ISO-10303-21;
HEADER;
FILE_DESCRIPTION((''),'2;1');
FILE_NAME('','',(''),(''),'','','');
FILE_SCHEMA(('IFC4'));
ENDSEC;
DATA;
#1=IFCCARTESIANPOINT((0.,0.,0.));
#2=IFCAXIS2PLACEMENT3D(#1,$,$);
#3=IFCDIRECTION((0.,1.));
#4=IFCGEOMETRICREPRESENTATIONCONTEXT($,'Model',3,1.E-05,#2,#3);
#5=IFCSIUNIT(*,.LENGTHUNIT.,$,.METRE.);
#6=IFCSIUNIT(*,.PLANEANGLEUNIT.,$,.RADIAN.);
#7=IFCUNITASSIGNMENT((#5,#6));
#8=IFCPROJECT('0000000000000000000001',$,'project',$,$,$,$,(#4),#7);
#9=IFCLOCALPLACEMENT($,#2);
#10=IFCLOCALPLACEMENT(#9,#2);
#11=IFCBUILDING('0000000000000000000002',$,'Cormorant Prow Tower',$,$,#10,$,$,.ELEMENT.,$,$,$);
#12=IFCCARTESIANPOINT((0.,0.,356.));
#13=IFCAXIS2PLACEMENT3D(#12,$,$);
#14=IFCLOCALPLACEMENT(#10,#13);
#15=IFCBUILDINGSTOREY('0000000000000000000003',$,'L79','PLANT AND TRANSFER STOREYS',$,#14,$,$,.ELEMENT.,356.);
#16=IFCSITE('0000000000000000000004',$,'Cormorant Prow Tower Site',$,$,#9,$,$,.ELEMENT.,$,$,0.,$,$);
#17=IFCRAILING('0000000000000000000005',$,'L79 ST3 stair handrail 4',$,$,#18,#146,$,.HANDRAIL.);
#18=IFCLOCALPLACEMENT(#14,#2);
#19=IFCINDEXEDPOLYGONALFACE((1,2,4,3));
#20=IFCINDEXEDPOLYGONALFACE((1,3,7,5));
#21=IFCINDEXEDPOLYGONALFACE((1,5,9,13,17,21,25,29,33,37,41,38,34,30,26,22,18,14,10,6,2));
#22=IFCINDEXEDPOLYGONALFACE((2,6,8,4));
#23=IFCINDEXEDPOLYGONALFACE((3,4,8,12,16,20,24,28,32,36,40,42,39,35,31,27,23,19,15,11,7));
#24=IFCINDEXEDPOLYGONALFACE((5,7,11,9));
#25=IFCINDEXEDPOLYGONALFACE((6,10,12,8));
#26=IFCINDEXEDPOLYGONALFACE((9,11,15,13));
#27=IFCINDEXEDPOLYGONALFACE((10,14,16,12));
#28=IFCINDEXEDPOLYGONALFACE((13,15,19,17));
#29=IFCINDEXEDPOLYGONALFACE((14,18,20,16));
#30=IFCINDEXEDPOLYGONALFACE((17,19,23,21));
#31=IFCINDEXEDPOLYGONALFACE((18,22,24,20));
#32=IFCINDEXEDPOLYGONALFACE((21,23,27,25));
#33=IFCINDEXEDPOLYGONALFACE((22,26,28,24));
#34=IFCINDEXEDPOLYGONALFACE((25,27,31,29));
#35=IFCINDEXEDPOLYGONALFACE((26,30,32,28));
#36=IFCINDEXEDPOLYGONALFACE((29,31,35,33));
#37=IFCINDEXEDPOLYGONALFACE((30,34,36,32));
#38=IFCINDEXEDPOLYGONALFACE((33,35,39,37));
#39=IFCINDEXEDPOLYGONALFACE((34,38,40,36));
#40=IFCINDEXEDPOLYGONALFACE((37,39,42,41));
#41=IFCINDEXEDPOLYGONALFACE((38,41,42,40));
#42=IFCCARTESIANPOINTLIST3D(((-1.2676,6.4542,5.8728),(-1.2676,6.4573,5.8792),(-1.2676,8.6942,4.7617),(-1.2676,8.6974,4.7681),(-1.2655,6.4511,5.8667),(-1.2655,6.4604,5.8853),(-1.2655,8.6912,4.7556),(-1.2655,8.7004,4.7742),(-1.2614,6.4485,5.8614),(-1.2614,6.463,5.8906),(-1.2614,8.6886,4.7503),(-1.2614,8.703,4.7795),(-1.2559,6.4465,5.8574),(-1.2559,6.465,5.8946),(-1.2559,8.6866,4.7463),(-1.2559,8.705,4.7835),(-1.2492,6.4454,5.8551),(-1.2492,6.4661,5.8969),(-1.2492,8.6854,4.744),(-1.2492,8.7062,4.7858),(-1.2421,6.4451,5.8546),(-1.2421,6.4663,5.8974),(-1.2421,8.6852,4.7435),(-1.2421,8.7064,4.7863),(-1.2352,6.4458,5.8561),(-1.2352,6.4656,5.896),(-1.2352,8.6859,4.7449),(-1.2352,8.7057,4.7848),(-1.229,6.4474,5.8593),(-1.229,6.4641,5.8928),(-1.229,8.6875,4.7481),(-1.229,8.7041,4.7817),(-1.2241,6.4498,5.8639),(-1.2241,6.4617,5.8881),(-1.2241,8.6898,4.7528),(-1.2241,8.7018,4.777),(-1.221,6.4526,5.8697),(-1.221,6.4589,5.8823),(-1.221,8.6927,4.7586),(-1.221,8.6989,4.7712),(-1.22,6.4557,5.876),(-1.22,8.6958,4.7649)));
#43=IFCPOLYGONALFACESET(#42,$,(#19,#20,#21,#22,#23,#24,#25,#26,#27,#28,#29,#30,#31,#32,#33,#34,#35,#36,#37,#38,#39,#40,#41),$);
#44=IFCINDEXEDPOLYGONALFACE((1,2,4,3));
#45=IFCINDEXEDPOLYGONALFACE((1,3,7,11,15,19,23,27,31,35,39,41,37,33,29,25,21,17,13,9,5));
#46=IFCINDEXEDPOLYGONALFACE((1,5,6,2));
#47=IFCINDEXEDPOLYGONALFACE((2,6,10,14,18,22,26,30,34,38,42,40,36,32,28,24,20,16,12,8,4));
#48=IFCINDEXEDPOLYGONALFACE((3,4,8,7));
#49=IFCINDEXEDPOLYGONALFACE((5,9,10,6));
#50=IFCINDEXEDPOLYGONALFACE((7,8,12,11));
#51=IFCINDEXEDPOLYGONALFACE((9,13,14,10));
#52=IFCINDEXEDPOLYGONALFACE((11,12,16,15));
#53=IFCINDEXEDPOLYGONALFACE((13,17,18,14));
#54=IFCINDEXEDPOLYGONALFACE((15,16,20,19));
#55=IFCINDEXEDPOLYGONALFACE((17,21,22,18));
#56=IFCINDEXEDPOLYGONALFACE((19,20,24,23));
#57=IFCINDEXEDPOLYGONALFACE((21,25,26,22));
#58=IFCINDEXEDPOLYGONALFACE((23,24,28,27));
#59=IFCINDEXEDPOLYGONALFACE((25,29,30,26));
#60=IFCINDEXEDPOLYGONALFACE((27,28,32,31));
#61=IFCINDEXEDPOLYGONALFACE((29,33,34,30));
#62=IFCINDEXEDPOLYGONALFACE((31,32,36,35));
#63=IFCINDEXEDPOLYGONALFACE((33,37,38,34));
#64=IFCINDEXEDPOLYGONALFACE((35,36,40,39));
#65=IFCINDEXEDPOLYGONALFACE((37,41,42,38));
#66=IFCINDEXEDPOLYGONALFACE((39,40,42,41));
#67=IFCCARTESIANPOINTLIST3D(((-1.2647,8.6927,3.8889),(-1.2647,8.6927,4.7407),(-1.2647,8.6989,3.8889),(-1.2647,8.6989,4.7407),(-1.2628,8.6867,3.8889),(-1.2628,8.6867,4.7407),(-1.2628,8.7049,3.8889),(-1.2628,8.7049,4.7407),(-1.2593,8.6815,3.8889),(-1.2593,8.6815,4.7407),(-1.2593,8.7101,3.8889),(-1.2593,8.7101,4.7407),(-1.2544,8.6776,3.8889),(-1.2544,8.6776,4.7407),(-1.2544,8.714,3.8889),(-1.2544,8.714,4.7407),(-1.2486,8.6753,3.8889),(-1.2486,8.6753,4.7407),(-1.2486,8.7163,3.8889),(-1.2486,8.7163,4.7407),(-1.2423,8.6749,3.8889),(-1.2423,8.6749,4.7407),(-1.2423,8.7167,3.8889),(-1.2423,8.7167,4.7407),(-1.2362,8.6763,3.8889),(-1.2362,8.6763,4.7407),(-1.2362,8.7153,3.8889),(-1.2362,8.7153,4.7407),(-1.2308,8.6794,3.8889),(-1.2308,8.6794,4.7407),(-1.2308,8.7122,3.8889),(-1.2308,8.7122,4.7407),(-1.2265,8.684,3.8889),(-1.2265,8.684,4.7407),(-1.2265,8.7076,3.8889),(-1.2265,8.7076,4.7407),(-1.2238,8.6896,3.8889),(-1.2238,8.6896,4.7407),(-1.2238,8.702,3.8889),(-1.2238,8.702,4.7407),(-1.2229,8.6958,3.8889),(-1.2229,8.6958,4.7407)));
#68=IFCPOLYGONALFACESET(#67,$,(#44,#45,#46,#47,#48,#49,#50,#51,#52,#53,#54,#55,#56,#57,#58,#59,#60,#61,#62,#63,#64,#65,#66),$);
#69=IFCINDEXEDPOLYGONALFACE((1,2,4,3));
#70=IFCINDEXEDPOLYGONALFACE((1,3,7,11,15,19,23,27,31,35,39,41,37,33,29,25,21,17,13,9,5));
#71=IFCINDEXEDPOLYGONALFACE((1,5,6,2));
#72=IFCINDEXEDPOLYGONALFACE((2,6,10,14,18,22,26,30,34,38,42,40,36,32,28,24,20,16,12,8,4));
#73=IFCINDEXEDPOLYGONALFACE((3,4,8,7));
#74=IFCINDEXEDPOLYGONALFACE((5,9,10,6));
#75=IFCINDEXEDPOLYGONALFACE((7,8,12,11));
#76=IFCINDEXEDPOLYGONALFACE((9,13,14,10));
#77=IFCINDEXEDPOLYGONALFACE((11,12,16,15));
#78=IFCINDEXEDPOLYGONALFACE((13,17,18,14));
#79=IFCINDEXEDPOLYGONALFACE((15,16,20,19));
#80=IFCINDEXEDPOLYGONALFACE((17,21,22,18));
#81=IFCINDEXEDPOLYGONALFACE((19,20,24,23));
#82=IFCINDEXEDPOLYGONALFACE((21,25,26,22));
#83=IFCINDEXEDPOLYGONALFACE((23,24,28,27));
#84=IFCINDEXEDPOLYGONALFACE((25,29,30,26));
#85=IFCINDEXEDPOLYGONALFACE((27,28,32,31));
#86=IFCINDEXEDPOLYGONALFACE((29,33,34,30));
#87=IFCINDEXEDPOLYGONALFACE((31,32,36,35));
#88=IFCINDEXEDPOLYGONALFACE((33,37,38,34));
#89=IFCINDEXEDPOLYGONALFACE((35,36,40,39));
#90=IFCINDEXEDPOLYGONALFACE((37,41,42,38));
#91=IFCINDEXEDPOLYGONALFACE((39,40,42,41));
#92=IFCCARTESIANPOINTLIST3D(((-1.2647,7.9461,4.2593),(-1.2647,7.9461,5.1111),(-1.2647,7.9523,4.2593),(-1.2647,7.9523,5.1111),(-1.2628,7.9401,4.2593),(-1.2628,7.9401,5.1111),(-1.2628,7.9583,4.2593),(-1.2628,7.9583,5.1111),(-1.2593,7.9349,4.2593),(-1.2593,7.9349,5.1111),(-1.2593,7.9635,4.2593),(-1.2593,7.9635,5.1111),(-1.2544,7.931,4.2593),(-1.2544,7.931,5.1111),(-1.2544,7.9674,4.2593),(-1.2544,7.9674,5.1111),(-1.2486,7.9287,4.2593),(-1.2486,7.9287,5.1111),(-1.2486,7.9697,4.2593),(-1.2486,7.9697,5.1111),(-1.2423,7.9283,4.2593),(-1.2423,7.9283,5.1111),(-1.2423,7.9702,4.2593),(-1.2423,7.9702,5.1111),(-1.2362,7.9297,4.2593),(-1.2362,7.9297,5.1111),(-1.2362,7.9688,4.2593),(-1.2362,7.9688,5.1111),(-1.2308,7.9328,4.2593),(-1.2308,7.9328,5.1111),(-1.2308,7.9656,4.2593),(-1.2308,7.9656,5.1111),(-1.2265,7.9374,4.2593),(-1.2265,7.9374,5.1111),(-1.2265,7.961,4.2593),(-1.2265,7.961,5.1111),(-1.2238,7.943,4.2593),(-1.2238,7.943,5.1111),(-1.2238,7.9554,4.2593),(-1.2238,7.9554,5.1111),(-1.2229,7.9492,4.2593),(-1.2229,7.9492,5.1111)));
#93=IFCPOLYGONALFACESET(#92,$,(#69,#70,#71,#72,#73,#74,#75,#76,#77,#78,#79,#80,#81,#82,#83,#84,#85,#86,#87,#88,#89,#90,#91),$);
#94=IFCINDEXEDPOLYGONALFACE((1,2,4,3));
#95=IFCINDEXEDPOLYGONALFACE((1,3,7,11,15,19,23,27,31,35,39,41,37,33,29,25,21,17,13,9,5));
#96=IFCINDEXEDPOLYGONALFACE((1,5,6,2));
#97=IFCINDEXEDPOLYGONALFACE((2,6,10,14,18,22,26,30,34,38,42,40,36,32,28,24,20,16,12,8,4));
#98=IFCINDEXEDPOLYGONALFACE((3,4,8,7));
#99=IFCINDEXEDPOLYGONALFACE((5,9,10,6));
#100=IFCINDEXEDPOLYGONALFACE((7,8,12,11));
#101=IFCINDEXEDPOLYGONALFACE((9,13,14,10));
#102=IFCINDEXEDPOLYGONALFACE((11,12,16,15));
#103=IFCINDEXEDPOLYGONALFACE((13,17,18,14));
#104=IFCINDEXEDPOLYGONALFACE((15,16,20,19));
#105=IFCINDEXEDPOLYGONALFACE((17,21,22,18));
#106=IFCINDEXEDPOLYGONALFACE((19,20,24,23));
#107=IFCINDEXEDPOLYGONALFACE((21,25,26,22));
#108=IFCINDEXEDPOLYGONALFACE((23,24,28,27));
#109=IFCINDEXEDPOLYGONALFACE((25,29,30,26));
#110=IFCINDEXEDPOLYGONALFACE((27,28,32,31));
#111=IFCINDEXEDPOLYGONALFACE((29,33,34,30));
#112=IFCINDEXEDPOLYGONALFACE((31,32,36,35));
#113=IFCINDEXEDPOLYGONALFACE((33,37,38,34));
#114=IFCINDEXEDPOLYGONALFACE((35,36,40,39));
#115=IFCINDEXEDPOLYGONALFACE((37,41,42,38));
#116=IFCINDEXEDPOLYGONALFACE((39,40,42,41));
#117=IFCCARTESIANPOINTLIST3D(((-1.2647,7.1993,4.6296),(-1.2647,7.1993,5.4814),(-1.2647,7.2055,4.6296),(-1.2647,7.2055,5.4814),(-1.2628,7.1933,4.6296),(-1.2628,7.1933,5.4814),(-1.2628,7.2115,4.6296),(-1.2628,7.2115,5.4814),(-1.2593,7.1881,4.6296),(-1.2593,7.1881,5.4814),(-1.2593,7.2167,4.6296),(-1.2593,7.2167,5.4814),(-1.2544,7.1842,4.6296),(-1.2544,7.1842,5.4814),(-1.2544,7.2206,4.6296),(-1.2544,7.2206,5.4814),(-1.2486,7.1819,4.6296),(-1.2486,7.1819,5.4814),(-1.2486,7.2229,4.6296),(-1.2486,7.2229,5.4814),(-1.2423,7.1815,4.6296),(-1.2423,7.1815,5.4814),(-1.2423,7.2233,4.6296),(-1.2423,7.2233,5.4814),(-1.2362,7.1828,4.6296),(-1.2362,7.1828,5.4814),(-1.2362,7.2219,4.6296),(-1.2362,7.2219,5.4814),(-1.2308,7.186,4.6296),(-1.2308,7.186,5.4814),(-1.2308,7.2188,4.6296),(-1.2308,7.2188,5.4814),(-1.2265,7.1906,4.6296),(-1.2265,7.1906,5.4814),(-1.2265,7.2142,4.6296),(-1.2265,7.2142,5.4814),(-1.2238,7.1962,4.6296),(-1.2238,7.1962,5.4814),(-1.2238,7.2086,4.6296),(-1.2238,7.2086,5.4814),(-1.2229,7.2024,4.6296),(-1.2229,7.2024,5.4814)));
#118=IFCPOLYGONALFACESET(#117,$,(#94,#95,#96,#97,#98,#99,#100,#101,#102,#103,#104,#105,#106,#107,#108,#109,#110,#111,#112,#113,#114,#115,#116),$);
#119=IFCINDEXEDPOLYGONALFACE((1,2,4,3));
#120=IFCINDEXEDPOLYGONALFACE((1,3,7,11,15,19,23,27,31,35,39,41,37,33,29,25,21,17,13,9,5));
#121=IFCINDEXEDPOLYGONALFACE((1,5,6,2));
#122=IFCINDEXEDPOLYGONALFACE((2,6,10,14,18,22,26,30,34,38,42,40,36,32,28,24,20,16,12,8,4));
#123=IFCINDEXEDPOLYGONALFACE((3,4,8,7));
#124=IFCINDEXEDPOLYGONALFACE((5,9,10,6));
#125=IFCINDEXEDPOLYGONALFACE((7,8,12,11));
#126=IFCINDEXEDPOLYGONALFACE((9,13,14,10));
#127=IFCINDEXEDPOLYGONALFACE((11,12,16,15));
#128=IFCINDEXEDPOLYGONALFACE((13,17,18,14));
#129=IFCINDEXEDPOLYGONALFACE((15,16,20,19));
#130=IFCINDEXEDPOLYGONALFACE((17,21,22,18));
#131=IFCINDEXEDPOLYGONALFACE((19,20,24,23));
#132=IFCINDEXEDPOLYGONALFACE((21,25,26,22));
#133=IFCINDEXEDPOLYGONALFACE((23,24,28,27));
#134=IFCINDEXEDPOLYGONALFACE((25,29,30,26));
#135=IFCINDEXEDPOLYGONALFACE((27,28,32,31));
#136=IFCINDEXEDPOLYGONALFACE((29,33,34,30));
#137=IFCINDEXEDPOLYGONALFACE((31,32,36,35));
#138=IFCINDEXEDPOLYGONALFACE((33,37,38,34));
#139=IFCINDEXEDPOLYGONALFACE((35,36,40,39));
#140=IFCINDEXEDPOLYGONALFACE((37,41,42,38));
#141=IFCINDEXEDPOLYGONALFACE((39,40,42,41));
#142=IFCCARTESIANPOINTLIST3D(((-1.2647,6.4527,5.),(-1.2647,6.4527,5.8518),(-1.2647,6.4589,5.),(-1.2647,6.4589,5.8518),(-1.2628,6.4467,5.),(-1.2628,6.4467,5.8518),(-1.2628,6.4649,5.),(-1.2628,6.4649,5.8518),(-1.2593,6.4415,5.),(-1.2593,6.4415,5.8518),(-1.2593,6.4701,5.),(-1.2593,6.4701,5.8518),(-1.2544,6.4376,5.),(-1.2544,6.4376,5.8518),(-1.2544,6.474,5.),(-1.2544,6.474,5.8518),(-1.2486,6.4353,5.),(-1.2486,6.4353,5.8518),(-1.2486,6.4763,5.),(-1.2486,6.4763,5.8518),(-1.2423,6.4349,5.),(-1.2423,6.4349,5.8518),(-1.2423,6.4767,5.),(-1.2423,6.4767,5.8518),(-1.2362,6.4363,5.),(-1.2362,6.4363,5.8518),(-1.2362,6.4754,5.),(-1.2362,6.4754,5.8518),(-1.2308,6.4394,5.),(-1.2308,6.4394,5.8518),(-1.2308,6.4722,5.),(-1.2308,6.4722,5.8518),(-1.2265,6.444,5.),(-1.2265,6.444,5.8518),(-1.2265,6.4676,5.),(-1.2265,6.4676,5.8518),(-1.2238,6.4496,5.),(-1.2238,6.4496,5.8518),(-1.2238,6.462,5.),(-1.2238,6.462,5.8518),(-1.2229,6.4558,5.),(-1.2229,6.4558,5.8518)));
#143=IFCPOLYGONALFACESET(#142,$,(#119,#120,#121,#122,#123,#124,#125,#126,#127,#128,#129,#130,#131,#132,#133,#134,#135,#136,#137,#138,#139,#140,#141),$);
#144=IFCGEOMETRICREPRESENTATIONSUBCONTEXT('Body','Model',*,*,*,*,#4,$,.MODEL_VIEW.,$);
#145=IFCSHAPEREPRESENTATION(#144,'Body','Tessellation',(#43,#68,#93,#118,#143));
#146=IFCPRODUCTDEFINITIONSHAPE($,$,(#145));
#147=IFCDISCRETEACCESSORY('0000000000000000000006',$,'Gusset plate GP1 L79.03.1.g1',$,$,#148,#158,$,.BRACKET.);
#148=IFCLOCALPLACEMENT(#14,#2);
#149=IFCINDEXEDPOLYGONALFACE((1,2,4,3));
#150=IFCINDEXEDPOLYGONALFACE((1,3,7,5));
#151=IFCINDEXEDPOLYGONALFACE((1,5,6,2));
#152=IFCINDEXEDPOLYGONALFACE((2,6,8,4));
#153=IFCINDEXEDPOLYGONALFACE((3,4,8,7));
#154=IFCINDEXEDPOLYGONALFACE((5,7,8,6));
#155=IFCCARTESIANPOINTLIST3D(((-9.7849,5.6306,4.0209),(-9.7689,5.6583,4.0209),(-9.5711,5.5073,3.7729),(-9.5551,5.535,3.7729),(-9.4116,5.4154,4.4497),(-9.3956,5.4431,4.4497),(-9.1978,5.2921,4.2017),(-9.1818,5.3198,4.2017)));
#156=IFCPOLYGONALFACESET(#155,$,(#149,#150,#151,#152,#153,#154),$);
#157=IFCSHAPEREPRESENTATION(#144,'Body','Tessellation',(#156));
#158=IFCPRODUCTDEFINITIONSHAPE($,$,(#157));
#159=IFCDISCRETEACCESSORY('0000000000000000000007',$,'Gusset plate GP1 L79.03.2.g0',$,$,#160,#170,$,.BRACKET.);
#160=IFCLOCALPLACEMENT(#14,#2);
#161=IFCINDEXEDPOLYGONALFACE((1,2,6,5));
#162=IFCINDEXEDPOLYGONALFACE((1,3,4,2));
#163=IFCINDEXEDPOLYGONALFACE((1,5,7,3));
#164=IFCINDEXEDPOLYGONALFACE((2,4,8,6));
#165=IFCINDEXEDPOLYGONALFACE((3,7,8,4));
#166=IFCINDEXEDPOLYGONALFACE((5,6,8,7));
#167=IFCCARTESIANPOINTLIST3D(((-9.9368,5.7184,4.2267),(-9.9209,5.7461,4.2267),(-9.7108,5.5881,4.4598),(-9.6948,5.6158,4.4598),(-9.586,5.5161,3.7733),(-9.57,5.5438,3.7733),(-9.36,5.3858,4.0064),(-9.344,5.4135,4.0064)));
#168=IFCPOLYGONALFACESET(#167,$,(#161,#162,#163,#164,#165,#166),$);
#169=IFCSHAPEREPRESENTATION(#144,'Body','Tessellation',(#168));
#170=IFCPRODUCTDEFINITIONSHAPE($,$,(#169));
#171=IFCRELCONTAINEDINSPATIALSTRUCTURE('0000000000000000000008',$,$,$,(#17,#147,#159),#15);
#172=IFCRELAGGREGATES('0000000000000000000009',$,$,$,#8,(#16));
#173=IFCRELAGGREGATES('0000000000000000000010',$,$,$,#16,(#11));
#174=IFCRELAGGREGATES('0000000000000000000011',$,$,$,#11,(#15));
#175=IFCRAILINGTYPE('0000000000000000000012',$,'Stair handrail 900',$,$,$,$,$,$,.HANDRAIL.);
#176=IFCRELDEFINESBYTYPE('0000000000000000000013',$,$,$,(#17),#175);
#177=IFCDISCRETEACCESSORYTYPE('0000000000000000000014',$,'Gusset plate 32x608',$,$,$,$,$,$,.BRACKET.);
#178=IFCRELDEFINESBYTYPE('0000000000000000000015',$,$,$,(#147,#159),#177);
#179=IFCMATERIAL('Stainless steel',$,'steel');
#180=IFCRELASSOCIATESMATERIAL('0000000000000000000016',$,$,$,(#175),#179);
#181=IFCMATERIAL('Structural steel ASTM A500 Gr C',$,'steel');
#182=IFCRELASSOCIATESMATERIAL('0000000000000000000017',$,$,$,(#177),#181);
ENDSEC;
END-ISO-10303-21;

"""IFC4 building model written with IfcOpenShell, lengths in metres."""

from ifc_helpers import new_model, si_unit, direction, frame, origin, origin_2d, place, context, subcontext, project, spatial, rectangle, circle, extrude, material, material_profile, profile_set, type_object, element, save


model = new_model("IFC4")

# Units and contexts
model_context = context("Model", 3, precision=1e-05, world=origin(), true_north=direction((0.0, 1.0)))
body_context = subcontext(model_context, "Body", "Model", "MODEL_VIEW")
ifc_project = project(units=[si_unit("LENGTHUNIT", "METRE"), si_unit("PLANEANGLEUNIT", "RADIAN")], contexts=[model_context])

# Site, building, storey
site_placement = place(None, origin())
site = spatial("IfcSite", under=ifc_project, at=site_placement, Name="Cormorant Prow Tower Site", CompositionType="ELEMENT", RefElevation=0.0)
building_placement = place(site_placement, origin())
building = spatial("IfcBuilding", under=site, at=building_placement, Name="Cormorant Prow Tower", CompositionType="ELEMENT")
storey_placement = place(building_placement, frame((0.0, 0.0, 356.0)))
storey = spatial("IfcBuildingStorey", under=building, at=storey_placement, Name="L79", Description="PLANT AND TRANSFER STOREYS", CompositionType="ELEMENT", Elevation=356.0)

# Railing
ifc_material_1 = material(Name="Stainless steel", Category="steel")
railing_type = type_object("IfcRailingType", Name="Stair handrail 900", PredefinedType="HANDRAIL", material=ifc_material_1)
for number, where, name in (
    (1, (-1.2439, 8.6958, 3.8889), "L79 ST3 stair handrail 4"),
):
    element("IfcRailing", number, at=place(storey_placement, frame(where)), inside=storey, type_object=railing_type, Name=name, PredefinedType="HANDRAIL", context=body_context, shape_type="SweptSolid", body=[
        extrude(circle(Radius=0.0239, at=origin_2d()), frame((0.0, 0.0, 0.876), z_axis=(0.0, -0.895848, 0.44436), x_axis=(1.0, 0.0, 0.0)), (0.0, 0.0, 1.0), 2.5005),
        extrude(circle(Radius=0.021, at=origin_2d()), origin(), (0.0, 0.0, 1.0), 0.8518),
        extrude(circle(Radius=0.021, at=origin_2d()), frame((0.0, -0.7466, 0.3704)), (0.0, 0.0, 1.0), 0.8518),
        extrude(circle(Radius=0.021, at=origin_2d()), frame((0.0, -1.4934, 0.7407)), (0.0, 0.0, 1.0), 0.8518),
        extrude(circle(Radius=0.021, at=origin_2d()), frame((0.0, -2.24, 1.1111)), (0.0, 0.0, 1.0), 0.8518),
    ])

# Discrete accessories
ifc_material_2 = material(Name="Structural steel ASTM A500 Gr C", Category="steel")
ifc_material_profile_1 = material_profile(ifc_material_2, rectangle(XDim=0.032, YDim=0.6079, at=origin_2d()), Name="Gusset plate 32x608")
ifc_profile_set_1 = profile_set([ifc_material_profile_1], Name="Structural steel ASTM A500 Gr C")
discrete_accessory_type = type_object("IfcDiscreteAccessoryType", Name="Gusset plate 32x608", PredefinedType="BRACKET", material=ifc_profile_set_1)
for number, where, z_axis, x_axis, name in (
    (2, (-9.3765, 5.4136, 3.9873), (-0.611131, 0.352307, 0.708801), (-0.499437, -0.86635, 0.0), "Gusset plate GP1 L79.03.1.g1"),
    (3, (-9.7534, 5.6311, 4.0), (0.646013, -0.372539, 0.666245), (0.49956, 0.866279, 0.0), "Gusset plate GP1 L79.03.2.g0"),
):
    element("IfcDiscreteAccessory", number, at=place(storey_placement, frame(where, z_axis=z_axis, x_axis=x_axis)), inside=storey, type_object=discrete_accessory_type, Name=name, PredefinedType="BRACKET", context=body_context, shape_type="SweptSolid", body=[
        extrude(rectangle(XDim=0.032, YDim=0.6079, at=origin_2d()), origin(), (0.0, 0.0, 1.0), 0.3499),
    ])

save(model, "model.ifc")
